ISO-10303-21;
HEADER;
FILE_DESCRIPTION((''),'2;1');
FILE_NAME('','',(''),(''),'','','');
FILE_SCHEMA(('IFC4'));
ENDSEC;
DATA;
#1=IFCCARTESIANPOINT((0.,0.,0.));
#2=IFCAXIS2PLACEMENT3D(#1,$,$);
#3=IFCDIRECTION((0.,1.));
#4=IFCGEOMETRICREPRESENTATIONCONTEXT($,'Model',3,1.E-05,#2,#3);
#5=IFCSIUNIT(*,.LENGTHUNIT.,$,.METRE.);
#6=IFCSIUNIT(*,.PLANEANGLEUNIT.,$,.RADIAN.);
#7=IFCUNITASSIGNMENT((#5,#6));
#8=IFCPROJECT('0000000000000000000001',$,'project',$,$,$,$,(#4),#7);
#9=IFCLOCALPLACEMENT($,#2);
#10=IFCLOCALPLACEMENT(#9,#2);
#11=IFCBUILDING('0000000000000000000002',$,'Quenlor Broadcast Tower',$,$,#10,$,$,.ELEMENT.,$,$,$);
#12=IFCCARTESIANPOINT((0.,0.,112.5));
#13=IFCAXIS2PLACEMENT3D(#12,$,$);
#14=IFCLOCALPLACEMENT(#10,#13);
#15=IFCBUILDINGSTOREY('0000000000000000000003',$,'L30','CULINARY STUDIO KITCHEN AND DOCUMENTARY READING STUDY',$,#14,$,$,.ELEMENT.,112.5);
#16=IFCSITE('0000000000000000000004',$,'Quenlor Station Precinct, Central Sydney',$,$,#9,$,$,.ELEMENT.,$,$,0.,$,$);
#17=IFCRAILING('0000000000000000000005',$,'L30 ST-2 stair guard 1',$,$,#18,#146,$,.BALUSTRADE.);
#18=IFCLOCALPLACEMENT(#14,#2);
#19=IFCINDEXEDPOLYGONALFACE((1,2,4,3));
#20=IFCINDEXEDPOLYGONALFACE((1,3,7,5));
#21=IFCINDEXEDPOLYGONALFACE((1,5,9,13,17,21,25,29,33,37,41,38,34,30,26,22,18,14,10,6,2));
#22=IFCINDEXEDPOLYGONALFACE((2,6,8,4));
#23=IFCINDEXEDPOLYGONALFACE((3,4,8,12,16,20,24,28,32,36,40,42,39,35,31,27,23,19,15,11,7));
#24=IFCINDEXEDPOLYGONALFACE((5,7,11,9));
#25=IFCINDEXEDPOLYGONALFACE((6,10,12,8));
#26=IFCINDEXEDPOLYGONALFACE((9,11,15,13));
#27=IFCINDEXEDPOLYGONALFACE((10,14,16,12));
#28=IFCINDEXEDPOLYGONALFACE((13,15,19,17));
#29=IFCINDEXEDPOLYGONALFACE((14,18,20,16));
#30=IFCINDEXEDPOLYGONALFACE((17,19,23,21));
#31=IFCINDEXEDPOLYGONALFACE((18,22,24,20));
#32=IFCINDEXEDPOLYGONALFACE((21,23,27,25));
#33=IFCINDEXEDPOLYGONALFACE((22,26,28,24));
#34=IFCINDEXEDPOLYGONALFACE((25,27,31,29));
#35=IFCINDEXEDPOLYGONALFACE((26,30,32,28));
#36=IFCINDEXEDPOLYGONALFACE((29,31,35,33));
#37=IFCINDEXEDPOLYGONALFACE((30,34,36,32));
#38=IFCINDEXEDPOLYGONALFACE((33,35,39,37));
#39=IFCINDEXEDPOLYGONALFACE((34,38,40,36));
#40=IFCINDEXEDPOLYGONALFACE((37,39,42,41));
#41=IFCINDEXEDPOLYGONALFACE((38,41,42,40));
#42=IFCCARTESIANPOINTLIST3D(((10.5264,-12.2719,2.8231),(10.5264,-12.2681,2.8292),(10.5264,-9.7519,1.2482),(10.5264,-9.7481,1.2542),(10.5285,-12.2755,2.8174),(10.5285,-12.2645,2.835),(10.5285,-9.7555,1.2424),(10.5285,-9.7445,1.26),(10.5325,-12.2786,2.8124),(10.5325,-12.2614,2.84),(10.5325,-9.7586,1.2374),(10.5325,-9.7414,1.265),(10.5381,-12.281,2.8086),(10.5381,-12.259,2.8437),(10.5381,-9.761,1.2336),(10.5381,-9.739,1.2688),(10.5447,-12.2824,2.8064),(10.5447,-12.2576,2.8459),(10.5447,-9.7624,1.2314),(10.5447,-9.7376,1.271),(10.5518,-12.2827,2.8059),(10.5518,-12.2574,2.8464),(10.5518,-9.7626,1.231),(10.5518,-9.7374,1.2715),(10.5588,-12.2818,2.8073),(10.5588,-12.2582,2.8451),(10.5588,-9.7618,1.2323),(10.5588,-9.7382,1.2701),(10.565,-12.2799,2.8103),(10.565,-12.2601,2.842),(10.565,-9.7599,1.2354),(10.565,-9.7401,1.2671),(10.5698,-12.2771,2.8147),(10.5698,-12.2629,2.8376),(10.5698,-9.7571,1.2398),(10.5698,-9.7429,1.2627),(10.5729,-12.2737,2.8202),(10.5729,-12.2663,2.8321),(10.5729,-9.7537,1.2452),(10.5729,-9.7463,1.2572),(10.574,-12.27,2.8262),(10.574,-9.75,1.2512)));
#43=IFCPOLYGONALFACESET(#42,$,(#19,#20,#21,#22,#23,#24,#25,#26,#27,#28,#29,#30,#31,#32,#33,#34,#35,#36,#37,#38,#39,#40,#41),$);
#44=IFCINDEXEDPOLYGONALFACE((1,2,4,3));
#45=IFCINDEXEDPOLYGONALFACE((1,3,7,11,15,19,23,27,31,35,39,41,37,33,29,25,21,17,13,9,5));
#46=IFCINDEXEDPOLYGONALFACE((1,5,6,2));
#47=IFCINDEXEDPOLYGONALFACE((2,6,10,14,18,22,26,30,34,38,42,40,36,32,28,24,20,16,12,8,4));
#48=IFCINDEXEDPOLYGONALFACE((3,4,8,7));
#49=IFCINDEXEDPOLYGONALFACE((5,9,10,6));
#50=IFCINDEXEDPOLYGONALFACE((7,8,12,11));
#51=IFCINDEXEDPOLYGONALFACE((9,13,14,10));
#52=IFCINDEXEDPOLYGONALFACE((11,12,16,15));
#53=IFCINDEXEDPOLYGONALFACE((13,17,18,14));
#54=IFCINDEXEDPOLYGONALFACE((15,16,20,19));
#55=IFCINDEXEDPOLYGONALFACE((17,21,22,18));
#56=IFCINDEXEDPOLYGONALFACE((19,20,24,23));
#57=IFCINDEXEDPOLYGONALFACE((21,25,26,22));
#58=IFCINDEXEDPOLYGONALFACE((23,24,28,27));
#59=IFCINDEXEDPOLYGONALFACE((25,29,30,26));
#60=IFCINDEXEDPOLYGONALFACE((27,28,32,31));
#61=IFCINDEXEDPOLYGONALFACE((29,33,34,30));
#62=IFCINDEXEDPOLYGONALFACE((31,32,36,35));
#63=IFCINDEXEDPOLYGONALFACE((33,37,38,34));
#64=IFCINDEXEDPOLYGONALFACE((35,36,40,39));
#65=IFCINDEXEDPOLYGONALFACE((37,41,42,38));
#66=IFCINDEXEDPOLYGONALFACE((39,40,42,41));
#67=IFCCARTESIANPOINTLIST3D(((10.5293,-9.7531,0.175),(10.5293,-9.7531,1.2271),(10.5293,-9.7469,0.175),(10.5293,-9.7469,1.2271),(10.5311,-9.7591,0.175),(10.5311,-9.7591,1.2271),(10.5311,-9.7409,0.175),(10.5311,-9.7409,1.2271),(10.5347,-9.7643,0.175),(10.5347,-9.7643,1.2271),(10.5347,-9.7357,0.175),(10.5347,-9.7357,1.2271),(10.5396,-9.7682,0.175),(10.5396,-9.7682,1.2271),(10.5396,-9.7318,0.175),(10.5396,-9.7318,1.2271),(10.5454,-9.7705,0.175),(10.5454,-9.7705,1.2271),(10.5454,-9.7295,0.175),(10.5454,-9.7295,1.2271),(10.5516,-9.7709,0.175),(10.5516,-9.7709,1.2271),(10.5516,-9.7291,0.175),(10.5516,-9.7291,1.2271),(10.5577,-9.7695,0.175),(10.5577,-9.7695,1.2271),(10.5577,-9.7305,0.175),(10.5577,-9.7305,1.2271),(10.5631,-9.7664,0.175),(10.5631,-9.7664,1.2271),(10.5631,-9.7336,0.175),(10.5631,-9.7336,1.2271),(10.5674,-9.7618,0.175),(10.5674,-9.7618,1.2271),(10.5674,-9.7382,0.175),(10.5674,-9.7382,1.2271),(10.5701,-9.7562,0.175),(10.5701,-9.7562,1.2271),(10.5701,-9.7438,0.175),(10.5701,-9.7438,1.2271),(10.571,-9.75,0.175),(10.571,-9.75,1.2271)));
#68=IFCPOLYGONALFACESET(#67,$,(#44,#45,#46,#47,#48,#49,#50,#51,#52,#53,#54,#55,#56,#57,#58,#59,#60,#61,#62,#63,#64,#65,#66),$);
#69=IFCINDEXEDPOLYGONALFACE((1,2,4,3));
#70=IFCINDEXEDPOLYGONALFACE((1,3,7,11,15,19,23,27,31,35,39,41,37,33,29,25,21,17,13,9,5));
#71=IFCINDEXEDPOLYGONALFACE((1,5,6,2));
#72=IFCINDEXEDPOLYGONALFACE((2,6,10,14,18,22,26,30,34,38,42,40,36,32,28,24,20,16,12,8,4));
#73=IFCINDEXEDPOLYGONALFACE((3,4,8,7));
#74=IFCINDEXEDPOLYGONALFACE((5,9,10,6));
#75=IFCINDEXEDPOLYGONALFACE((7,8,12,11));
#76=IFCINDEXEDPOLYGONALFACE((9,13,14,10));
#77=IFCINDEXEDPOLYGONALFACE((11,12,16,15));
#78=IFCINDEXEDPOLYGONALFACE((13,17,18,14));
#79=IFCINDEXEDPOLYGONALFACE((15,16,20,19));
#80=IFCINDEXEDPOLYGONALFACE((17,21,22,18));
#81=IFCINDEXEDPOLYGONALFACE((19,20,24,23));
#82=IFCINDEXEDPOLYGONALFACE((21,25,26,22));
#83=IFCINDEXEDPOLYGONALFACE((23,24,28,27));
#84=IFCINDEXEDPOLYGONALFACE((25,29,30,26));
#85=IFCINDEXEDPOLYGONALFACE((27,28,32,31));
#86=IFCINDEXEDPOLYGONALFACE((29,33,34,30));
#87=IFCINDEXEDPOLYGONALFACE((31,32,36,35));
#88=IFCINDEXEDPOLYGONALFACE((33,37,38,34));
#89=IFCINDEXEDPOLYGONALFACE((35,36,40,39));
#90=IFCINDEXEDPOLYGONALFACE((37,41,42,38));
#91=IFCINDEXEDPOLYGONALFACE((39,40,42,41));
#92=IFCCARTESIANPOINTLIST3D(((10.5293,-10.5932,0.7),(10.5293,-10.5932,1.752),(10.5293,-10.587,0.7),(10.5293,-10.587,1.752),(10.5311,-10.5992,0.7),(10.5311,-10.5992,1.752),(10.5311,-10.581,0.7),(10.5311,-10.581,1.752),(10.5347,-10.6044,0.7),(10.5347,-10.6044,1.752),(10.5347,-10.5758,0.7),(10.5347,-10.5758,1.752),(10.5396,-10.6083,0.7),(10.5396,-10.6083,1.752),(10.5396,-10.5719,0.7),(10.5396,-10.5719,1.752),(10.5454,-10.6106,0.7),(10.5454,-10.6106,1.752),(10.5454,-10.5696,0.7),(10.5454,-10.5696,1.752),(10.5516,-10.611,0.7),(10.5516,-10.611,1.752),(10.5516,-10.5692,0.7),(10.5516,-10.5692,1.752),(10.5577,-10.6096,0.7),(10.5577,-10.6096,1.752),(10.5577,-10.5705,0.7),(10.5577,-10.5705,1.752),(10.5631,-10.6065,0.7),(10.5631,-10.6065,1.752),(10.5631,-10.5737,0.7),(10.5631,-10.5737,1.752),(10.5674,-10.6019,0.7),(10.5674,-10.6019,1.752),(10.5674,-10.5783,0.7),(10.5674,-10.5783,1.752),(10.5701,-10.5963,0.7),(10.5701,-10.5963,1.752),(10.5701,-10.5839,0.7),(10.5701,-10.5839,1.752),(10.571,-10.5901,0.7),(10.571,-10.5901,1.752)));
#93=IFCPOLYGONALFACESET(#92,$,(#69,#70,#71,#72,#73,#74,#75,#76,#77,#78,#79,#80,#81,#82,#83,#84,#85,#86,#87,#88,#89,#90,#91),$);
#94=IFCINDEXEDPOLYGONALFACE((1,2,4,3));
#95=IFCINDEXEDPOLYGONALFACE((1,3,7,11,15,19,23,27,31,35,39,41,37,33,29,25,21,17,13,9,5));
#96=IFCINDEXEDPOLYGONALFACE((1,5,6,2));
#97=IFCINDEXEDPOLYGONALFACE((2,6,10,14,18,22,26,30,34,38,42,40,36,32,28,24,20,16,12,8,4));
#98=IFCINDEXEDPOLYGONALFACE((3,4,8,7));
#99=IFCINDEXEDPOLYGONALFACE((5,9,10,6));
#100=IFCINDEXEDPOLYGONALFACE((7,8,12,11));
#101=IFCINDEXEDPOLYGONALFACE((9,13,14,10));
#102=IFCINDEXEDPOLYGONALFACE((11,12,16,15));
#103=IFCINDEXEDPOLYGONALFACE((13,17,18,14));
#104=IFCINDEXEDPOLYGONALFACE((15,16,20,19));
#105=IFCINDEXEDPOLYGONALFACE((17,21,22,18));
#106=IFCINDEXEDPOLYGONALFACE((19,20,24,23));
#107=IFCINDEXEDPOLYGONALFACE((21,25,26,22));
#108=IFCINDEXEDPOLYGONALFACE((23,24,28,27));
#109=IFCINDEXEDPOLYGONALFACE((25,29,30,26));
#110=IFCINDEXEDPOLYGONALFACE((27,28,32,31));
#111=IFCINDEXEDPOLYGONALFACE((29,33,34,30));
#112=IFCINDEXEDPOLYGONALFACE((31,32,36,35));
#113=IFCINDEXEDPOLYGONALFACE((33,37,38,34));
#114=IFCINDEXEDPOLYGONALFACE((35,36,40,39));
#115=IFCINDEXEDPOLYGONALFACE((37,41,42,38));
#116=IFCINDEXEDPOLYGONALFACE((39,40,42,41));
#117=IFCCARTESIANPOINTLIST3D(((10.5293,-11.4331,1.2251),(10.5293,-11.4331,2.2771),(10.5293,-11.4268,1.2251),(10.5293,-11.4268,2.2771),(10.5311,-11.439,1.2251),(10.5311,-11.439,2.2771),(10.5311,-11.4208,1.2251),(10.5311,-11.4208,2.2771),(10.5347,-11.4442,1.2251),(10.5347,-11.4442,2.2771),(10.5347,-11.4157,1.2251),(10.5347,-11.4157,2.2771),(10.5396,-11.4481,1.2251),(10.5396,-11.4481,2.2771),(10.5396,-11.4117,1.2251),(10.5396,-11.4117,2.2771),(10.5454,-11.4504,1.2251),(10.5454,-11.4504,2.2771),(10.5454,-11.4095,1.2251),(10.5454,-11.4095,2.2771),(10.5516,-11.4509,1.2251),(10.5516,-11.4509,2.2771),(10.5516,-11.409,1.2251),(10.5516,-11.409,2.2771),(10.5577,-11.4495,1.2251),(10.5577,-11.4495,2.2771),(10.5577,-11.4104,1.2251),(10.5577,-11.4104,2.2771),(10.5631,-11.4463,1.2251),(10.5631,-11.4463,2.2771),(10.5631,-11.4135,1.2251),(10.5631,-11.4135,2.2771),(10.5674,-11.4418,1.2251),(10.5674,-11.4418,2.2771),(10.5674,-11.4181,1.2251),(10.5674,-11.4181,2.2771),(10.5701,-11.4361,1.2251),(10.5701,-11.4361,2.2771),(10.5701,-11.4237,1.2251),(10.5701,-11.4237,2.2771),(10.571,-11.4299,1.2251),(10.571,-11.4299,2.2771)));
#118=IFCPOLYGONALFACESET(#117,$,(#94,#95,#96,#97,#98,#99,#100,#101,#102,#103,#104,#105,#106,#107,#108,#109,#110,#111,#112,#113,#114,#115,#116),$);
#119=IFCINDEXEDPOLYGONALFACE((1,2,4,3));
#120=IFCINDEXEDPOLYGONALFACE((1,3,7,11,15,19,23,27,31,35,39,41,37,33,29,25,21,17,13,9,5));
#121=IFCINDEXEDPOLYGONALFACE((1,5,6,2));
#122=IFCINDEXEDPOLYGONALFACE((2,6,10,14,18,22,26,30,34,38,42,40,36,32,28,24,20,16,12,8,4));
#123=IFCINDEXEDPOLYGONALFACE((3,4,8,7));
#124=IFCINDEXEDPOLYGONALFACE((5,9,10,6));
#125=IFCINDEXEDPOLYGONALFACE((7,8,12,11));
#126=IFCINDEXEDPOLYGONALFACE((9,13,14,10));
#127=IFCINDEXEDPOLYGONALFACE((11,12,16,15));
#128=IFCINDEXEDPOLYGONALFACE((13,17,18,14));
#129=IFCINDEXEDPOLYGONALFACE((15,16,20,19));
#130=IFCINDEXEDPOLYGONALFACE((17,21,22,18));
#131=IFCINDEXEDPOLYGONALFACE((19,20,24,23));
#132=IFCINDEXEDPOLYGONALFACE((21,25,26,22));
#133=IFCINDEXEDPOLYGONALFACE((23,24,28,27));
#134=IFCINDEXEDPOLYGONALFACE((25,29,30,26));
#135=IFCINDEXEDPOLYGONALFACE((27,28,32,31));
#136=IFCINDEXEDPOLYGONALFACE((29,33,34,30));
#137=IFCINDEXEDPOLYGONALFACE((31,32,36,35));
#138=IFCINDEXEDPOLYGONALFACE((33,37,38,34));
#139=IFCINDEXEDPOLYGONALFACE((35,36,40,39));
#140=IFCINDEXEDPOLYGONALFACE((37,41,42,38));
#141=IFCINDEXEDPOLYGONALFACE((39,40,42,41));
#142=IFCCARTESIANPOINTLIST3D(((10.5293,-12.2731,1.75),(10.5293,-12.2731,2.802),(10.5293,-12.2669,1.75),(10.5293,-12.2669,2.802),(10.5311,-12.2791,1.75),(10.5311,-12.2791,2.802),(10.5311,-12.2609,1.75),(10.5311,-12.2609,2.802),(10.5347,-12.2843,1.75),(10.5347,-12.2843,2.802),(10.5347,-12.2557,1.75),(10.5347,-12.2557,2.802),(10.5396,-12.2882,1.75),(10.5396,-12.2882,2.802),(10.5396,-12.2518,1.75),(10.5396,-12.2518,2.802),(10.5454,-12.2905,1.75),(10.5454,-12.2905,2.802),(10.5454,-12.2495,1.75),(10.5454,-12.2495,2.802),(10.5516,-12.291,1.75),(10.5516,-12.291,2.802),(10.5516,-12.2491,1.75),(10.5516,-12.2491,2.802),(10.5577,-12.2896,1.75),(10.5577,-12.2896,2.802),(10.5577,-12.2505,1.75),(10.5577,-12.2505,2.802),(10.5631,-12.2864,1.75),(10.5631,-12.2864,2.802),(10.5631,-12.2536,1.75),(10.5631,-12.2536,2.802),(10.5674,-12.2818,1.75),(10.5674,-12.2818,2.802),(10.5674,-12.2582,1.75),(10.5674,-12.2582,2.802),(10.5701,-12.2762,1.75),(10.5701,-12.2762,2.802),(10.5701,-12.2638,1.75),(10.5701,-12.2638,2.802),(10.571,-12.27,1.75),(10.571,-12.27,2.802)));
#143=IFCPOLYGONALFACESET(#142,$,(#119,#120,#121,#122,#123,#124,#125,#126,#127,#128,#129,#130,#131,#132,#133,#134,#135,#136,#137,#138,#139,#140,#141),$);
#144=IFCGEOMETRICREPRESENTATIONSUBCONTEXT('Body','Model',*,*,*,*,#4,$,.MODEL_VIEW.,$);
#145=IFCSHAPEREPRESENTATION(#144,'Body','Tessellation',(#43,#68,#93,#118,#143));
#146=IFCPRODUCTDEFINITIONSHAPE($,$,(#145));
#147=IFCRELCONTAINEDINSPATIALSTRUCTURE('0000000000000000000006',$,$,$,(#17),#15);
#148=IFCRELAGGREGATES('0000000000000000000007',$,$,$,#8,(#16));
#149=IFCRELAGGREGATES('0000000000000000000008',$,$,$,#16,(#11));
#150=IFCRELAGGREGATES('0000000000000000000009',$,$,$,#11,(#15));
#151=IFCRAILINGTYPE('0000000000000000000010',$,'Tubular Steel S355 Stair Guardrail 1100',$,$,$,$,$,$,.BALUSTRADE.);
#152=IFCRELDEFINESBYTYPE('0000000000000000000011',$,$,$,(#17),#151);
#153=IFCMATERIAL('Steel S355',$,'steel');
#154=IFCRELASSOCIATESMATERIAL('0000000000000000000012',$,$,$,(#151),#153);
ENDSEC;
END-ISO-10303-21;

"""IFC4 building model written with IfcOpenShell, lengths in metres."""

from ifc_helpers import new_model, si_unit, direction, frame, origin, origin_2d, place, context, subcontext, project, spatial, circle, extrude, material, type_object, element, save


model = new_model("IFC4")

# Units and contexts
model_context = context("Model", 3, precision=1e-05, world=origin(), true_north=direction((0.0, 1.0)))
body_context = subcontext(model_context, "Body", "Model", "MODEL_VIEW")
ifc_project = project(units=[si_unit("LENGTHUNIT", "METRE"), si_unit("PLANEANGLEUNIT", "RADIAN")], contexts=[model_context])

# Site, building, storey
site_placement = place(None, origin())
site = spatial("IfcSite", under=ifc_project, at=site_placement, Name="Quenlor Station Precinct, Central Sydney", CompositionType="ELEMENT", RefElevation=0.0)
building_placement = place(site_placement, origin())
building = spatial("IfcBuilding", under=site, at=building_placement, Name="Quenlor Broadcast Tower", CompositionType="ELEMENT")
storey_placement = place(building_placement, frame((0.0, 0.0, 112.5)))
storey = spatial("IfcBuildingStorey", under=building, at=storey_placement, Name="L30", Description="CULINARY STUDIO KITCHEN AND DOCUMENTARY READING STUDY", CompositionType="ELEMENT", Elevation=112.5)

# Railing
ifc_material_1 = material(Name="Steel S355", Category="steel")
railing_type_1 = type_object("IfcRailingType", Name="Tubular Steel S355 Stair Guardrail 1100", PredefinedType="BALUSTRADE", material=ifc_material_1)
railing_1_placement = place(storey_placement, frame((10.55, -9.75, 0.175)))
element("IfcRailing", 1, at=railing_1_placement, inside=storey, type_object=railing_type_1, Name="L30 ST-2 stair guard 1", PredefinedType="BALUSTRADE", context=body_context, shape_type="SweptSolid", body=[
    extrude(circle(Radius=0.0239, at=origin_2d()), frame((0.0, 0.0, 1.0762), z_axis=(0.0, -0.848008, 0.529984), x_axis=(1.0, 0.0, 0.0)), (0.0, 0.0, 1.0), 2.9717),
    extrude(circle(Radius=0.021, at=origin_2d()), origin(), (0.0, 0.0, 1.0), 1.052),
    extrude(circle(Radius=0.021, at=origin_2d()), frame((0.0, -0.8401, 0.5249)), (0.0, 0.0, 1.0), 1.052),
    extrude(circle(Radius=0.021, at=origin_2d()), frame((0.0, -1.6799, 1.05)), (0.0, 0.0, 1.0), 1.052),
    extrude(circle(Radius=0.021, at=origin_2d()), frame((0.0, -2.52, 1.575)), (0.0, 0.0, 1.0), 1.052),
])

save(model, "model.ifc")
